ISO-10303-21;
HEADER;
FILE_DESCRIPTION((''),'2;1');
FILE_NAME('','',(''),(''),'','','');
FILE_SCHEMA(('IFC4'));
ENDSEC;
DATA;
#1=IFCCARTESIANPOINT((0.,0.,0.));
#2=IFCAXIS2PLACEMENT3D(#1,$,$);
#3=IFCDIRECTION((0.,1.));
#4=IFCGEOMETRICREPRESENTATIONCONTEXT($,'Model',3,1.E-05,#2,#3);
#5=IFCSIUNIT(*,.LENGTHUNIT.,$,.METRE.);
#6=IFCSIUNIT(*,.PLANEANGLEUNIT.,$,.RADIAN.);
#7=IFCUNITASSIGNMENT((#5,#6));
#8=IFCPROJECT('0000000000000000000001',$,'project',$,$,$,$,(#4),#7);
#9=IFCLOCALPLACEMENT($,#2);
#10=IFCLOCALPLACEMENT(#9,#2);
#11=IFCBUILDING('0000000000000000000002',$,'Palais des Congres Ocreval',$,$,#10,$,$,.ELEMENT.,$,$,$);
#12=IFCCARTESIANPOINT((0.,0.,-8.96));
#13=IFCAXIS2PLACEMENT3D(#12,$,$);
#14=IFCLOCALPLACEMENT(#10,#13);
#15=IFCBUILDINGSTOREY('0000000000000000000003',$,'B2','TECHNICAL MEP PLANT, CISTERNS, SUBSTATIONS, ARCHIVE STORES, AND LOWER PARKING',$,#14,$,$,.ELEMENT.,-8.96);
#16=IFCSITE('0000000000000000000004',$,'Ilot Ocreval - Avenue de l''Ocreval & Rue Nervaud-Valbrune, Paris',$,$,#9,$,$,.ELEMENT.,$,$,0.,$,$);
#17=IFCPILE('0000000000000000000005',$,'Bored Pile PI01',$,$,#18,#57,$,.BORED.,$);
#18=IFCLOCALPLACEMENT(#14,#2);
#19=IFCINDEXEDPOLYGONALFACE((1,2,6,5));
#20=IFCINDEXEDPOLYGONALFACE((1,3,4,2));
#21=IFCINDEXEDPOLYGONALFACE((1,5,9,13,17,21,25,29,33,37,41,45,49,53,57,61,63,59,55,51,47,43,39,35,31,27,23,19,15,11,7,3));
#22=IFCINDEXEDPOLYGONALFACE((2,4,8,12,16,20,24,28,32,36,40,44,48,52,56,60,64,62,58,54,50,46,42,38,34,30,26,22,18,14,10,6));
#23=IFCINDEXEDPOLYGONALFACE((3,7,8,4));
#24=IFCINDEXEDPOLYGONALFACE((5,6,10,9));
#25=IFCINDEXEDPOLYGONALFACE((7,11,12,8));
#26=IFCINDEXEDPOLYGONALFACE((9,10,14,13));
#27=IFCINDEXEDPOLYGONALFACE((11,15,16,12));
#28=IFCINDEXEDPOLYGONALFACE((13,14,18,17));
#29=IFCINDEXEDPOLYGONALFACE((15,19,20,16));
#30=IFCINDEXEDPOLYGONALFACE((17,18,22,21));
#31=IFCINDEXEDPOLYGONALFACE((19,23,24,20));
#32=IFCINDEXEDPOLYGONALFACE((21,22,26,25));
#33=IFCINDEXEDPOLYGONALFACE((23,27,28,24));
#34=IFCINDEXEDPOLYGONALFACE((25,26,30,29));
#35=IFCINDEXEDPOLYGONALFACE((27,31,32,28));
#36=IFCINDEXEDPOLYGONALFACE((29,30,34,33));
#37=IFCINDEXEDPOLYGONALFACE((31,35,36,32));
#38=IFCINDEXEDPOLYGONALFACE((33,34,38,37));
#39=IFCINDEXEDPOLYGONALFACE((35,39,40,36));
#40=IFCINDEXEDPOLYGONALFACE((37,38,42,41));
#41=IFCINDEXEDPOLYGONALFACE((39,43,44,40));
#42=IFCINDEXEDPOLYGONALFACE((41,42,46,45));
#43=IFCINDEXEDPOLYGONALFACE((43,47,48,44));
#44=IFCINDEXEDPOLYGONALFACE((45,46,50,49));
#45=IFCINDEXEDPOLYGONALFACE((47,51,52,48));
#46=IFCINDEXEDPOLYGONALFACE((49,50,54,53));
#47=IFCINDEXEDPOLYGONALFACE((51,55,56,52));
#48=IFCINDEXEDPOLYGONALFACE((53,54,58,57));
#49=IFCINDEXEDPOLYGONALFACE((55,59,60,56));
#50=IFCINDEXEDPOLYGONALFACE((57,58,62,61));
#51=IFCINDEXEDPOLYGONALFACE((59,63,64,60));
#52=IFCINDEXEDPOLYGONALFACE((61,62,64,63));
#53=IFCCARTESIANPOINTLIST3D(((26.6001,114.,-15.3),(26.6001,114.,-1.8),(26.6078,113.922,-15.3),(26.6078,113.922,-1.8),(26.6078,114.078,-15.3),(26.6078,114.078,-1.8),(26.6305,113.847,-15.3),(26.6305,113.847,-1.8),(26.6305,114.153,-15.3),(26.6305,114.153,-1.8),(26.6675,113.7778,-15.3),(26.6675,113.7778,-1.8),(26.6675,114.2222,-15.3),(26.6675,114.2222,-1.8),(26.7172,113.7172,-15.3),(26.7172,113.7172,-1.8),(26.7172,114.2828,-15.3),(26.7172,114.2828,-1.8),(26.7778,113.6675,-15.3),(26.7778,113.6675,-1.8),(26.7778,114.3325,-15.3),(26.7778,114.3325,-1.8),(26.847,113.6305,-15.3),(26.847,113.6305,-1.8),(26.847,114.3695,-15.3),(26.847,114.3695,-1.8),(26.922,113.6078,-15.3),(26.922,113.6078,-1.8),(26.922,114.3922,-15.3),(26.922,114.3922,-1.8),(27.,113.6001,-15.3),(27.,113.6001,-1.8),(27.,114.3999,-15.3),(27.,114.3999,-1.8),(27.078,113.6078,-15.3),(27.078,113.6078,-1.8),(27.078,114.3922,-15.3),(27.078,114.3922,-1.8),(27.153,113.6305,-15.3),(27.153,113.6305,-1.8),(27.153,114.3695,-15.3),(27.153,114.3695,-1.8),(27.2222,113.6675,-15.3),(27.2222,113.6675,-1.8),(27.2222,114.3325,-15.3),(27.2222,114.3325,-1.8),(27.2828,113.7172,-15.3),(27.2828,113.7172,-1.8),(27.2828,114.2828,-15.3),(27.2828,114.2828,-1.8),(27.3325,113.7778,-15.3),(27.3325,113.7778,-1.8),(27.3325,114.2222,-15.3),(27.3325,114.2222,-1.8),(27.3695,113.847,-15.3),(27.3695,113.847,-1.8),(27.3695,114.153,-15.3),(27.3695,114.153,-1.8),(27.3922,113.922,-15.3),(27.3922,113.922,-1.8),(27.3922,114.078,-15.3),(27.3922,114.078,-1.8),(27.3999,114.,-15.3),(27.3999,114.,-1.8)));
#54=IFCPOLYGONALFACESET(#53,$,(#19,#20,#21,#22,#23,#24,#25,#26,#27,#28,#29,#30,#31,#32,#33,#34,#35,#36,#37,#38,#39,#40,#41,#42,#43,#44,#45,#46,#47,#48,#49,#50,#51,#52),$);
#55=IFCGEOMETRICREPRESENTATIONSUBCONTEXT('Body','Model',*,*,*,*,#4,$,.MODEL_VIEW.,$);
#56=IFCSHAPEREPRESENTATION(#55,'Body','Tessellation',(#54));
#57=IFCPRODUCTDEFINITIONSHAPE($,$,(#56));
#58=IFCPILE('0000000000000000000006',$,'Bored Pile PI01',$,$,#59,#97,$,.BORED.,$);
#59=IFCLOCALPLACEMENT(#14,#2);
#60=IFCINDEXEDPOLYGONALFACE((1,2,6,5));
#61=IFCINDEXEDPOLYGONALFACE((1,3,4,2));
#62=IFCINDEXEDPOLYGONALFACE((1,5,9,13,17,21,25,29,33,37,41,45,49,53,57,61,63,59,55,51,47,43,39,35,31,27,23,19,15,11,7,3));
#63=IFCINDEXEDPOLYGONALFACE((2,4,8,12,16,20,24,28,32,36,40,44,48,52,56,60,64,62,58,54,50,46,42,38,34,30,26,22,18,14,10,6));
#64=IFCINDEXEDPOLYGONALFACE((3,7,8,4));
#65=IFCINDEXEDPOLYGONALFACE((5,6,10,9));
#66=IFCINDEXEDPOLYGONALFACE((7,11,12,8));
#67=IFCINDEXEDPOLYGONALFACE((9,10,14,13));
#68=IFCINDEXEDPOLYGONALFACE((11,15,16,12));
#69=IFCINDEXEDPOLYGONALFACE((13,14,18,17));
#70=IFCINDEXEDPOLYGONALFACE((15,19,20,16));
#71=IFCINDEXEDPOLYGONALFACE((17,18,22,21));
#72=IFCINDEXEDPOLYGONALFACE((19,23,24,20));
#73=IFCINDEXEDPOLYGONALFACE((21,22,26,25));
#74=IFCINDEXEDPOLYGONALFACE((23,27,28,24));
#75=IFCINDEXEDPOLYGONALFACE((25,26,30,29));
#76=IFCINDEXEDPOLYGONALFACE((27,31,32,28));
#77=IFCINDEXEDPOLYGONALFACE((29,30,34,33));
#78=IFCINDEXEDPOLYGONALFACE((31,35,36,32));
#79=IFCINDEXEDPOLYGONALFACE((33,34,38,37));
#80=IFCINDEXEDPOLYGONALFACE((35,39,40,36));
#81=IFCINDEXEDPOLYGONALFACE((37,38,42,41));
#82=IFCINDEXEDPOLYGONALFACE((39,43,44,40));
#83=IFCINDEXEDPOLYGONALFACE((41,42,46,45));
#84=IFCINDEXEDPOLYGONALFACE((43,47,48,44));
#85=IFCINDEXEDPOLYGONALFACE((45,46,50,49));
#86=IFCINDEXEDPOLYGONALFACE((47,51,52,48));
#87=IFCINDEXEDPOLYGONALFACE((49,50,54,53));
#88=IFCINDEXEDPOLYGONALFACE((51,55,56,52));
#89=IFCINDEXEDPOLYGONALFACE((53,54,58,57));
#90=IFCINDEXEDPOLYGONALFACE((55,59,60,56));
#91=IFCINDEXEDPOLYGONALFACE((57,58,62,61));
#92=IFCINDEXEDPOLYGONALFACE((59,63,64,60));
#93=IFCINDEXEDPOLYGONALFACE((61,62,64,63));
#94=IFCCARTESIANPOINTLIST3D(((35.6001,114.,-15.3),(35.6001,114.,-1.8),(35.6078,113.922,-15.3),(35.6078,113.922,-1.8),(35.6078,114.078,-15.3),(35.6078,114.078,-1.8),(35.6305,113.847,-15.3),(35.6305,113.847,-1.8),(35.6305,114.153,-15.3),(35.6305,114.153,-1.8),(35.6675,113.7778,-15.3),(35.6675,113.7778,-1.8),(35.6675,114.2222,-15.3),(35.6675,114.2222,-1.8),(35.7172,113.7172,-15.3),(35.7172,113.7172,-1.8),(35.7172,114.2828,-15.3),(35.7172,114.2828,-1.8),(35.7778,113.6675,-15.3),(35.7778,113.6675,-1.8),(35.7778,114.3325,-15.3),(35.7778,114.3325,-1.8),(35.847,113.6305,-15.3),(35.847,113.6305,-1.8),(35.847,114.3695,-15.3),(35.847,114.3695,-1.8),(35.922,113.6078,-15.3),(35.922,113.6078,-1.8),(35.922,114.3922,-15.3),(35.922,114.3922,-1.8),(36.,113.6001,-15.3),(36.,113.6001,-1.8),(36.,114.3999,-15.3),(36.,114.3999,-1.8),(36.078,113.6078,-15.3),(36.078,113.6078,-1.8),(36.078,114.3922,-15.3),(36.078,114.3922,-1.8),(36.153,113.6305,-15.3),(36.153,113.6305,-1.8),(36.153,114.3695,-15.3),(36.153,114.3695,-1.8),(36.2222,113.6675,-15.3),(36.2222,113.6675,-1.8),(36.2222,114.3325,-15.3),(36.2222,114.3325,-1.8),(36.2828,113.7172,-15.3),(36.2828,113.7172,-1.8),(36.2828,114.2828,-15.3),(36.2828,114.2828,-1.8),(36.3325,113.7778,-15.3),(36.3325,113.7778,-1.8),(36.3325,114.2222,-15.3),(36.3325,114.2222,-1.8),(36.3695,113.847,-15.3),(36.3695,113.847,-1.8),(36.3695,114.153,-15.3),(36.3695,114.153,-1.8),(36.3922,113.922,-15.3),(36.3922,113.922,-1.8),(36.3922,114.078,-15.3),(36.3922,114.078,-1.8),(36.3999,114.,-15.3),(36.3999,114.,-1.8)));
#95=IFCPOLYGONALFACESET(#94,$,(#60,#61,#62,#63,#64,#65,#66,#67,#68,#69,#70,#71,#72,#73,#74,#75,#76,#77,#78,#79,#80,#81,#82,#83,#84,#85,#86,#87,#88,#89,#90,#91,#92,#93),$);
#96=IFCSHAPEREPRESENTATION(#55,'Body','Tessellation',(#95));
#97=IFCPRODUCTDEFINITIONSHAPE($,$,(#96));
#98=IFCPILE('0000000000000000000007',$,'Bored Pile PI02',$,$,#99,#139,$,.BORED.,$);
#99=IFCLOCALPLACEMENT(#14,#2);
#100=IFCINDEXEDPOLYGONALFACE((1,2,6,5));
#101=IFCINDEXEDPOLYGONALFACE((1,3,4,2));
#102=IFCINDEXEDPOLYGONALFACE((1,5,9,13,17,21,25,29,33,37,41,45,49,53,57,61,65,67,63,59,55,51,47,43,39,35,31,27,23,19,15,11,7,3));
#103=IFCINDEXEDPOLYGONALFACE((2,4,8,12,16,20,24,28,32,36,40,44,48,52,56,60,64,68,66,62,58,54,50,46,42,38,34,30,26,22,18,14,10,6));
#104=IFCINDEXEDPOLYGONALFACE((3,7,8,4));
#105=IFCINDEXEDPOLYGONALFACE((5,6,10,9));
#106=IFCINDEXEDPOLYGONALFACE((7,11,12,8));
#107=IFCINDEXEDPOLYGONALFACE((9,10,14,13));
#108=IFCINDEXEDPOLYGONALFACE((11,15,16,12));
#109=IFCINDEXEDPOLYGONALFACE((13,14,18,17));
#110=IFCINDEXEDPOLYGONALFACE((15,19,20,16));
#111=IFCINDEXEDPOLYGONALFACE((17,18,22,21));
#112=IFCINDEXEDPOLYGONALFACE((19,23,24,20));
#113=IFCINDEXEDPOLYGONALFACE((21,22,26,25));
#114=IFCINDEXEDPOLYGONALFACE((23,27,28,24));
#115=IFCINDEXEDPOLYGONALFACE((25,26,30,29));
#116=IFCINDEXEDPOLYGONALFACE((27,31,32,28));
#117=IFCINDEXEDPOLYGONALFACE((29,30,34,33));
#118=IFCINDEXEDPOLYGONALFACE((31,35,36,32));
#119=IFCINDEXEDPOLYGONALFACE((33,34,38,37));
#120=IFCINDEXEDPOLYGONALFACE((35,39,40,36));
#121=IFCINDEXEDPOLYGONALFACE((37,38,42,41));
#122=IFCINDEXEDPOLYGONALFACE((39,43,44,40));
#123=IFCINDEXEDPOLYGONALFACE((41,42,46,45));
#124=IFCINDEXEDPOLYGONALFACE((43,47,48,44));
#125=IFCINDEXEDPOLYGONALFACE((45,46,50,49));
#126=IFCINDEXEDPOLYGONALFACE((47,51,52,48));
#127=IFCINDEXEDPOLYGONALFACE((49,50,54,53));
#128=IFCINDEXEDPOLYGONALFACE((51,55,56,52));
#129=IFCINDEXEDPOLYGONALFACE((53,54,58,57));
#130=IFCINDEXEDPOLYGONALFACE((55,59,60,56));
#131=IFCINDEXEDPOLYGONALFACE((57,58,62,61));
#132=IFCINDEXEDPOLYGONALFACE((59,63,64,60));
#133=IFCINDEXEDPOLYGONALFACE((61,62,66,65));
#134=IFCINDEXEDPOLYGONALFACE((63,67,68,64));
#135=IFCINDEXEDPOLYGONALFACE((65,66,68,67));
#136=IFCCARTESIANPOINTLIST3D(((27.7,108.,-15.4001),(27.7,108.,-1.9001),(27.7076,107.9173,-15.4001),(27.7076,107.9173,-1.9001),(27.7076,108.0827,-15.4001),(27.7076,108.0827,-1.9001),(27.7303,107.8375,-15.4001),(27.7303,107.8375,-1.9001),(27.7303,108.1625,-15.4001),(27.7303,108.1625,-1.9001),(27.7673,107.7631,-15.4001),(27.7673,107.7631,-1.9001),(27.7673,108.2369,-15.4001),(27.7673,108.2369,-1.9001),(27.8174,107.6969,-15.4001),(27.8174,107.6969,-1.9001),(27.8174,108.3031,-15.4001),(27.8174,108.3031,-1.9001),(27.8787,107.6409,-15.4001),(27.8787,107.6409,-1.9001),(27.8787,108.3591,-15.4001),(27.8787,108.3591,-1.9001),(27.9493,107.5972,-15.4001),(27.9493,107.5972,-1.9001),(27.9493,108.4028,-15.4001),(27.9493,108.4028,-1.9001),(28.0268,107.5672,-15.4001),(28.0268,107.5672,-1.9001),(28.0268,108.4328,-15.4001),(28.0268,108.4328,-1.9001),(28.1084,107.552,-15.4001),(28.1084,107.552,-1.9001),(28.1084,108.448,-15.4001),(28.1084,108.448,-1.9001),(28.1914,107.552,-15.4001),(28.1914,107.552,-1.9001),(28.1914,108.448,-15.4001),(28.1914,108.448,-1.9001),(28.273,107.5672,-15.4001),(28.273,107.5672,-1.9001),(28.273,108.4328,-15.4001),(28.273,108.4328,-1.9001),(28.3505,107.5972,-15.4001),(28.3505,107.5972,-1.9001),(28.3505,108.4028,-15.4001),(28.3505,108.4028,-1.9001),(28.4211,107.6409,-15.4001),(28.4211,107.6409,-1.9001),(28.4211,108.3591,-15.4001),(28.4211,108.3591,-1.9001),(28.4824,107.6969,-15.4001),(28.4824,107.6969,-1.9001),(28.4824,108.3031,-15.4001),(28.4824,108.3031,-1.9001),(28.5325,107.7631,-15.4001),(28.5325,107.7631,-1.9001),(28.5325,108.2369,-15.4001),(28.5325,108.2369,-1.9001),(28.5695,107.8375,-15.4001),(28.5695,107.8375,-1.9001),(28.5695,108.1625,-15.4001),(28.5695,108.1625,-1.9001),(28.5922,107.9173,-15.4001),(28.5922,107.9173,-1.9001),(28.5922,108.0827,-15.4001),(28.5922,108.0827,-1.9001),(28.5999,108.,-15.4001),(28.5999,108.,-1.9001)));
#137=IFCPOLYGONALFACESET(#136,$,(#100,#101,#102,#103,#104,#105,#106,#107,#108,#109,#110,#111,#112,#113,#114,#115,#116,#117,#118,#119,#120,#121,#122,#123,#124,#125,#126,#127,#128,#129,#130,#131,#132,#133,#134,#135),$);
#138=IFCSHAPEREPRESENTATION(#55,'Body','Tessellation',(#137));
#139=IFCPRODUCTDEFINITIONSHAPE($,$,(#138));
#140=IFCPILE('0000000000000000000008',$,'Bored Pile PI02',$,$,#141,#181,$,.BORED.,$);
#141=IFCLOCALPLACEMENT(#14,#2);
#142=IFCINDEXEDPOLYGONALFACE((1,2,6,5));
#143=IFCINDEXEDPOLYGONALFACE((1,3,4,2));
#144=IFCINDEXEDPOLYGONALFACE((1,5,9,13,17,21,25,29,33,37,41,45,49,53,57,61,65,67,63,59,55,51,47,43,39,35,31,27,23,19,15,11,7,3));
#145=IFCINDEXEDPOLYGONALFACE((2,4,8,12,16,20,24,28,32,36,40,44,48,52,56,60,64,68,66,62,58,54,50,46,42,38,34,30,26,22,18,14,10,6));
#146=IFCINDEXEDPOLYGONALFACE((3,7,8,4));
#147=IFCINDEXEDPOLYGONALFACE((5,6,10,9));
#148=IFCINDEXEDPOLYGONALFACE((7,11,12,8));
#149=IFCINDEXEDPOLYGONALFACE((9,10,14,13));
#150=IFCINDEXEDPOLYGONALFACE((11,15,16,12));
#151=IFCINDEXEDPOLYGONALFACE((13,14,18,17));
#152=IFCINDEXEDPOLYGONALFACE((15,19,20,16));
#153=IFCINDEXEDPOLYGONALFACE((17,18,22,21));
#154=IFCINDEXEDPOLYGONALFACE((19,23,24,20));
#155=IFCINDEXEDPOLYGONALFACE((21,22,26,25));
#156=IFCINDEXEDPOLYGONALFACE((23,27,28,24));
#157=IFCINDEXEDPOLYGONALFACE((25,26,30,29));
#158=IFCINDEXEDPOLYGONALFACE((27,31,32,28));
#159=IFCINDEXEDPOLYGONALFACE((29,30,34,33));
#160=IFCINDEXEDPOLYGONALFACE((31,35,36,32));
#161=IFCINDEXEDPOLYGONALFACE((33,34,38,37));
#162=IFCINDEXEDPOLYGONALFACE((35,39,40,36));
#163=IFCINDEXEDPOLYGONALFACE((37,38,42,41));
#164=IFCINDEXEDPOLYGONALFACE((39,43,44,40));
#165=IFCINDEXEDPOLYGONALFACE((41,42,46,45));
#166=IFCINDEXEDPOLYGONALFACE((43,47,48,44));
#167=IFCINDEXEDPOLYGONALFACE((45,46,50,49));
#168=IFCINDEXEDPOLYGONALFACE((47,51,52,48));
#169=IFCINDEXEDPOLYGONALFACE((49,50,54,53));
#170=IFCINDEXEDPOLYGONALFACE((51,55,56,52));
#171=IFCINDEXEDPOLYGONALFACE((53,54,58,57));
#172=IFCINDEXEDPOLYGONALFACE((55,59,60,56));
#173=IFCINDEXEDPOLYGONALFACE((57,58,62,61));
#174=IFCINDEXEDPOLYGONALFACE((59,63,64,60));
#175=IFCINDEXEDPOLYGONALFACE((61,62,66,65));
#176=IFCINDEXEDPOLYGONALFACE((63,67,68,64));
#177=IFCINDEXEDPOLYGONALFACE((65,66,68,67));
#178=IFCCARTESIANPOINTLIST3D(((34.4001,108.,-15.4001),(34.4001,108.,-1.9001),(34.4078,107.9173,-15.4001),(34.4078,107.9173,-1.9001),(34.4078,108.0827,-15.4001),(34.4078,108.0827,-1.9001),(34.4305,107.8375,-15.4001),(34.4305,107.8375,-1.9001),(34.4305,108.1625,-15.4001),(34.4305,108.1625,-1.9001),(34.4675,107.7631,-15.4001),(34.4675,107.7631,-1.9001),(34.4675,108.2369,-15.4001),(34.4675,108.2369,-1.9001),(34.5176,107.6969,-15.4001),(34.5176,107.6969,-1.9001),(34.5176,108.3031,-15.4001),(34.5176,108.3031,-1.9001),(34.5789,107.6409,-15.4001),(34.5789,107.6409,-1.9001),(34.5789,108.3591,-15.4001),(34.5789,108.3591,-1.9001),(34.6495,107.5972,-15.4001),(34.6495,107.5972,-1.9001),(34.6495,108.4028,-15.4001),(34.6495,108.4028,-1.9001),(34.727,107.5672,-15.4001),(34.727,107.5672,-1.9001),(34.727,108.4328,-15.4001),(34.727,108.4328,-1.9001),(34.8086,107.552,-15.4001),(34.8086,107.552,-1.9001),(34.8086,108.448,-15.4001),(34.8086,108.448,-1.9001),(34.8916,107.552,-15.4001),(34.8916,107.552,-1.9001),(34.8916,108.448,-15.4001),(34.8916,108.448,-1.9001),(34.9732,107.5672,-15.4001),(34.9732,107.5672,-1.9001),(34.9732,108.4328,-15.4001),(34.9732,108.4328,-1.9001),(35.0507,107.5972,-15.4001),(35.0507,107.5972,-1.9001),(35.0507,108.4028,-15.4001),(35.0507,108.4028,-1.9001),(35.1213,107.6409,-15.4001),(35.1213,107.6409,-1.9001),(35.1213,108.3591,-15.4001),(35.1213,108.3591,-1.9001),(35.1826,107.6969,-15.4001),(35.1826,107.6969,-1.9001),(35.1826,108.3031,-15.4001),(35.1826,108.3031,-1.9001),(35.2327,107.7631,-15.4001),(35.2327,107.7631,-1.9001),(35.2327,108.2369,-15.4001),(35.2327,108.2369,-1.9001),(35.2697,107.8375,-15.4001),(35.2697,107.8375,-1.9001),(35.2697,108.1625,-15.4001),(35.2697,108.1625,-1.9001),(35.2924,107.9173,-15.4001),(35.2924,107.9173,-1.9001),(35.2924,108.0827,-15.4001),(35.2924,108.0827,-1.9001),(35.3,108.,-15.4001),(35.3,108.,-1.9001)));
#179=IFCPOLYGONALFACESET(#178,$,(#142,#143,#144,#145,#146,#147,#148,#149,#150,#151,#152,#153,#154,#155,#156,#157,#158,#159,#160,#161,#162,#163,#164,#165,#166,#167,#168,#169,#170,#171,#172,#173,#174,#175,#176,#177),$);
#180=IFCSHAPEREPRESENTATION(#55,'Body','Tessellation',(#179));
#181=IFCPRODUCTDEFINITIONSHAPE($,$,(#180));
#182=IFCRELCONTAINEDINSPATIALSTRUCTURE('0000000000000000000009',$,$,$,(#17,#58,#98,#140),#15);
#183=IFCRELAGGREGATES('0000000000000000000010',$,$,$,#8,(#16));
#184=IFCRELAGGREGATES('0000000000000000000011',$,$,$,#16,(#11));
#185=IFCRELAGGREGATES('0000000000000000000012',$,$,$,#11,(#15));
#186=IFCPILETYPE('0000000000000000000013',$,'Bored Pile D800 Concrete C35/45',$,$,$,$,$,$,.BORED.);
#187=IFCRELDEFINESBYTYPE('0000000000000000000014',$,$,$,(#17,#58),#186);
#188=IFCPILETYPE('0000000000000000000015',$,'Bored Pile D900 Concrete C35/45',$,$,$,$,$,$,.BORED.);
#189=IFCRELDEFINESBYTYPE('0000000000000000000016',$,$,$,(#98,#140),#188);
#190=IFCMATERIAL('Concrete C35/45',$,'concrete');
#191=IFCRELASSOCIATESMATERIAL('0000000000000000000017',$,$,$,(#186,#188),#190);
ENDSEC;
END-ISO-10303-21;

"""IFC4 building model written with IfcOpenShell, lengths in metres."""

from ifc_helpers import new_model, si_unit, direction, frame, origin, origin_2d, place, context, subcontext, project, spatial, circle, extrude, material, material_profile, profile_set, type_object, element, save


model = new_model("IFC4")

# Units and contexts
model_context = context("Model", 3, precision=1e-05, world=origin(), true_north=direction((0.0, 1.0)))
body_context = subcontext(model_context, "Body", "Model", "MODEL_VIEW")
ifc_project = project(units=[si_unit("LENGTHUNIT", "METRE"), si_unit("PLANEANGLEUNIT", "RADIAN")], contexts=[model_context])

# Site, building, storey
site_placement = place(None, origin())
site = spatial("IfcSite", under=ifc_project, at=site_placement, Name="Ilot Ocreval - Avenue de l'Ocreval & Rue Nervaud-Valbrune, Paris", CompositionType="ELEMENT", RefElevation=0.0)
building_placement = place(site_placement, origin())
building = spatial("IfcBuilding", under=site, at=building_placement, Name="Palais des Congres Ocreval", CompositionType="ELEMENT")
storey_placement = place(building_placement, frame((0.0, 0.0, -8.96)))
storey = spatial("IfcBuildingStorey", under=building, at=storey_placement, Name="B2", Description="TECHNICAL MEP PLANT, CISTERNS, SUBSTATIONS, ARCHIVE STORES, AND LOWER PARKING", CompositionType="ELEMENT", Elevation=-8.96)

# Piles
ifc_material_1 = material(Name="Concrete C35/45", Category="concrete")
ifc_material_profile_1 = material_profile(ifc_material_1, circle(Radius=0.3999, at=origin_2d()), Name="BORED PILE 800")
ifc_profile_set_1 = profile_set([ifc_material_profile_1], Name="Concrete C35/45")
pile_type_1 = type_object("IfcPileType", Name="Bored Pile D800 Concrete C35/45", PredefinedType="BORED", material=ifc_profile_set_1)
for number, where, z_axis, x_axis, name in (
    (1, (27.0, 114.0, -1.8), (0.0, 0.0, -1.0), (1.0, 0.0, 0.0), "Bored Pile PI01"),
    (2, (36.0, 114.0, -1.8), (0.0, 0.0, -1.0), (1.0, 0.0, 0.0), "Bored Pile PI01"),
):
    element("IfcPile", number, at=place(storey_placement, frame(where, z_axis=z_axis, x_axis=x_axis)), inside=storey, type_object=pile_type_1, Name=name, PredefinedType="BORED", context=body_context, shape_type="SweptSolid", body=[
        extrude(circle(Radius=0.3999, at=origin_2d()), origin(), (0.0, 0.0, 1.0), 13.5),
    ])
ifc_material_profile_2 = material_profile(ifc_material_1, circle(Radius=0.45, at=origin_2d()), Name="BORED PILE 900")
ifc_profile_set_2 = profile_set([ifc_material_profile_2], Name="Concrete C35/45")
pile_type_2 = type_object("IfcPileType", Name="Bored Pile D900 Concrete C35/45", PredefinedType="BORED", material=ifc_profile_set_2)
for number, where, z_axis, x_axis, name in (
    (3, (28.1499, 108.0, -1.9001), (0.0, 0.0, -1.0), (1.0, 0.0, 0.0), "Bored Pile PI02"),
    (4, (34.8501, 108.0, -1.9001), (0.0, 0.0, -1.0), (1.0, 0.0, 0.0), "Bored Pile PI02"),
):
    element("IfcPile", number, at=place(storey_placement, frame(where, z_axis=z_axis, x_axis=x_axis)), inside=storey, type_object=pile_type_2, Name=name, PredefinedType="BORED", context=body_context, shape_type="SweptSolid", body=[
        extrude(circle(Radius=0.45, at=origin_2d()), origin(), (0.0, 0.0, 1.0), 13.5),
    ])

save(model, "model.ifc")
